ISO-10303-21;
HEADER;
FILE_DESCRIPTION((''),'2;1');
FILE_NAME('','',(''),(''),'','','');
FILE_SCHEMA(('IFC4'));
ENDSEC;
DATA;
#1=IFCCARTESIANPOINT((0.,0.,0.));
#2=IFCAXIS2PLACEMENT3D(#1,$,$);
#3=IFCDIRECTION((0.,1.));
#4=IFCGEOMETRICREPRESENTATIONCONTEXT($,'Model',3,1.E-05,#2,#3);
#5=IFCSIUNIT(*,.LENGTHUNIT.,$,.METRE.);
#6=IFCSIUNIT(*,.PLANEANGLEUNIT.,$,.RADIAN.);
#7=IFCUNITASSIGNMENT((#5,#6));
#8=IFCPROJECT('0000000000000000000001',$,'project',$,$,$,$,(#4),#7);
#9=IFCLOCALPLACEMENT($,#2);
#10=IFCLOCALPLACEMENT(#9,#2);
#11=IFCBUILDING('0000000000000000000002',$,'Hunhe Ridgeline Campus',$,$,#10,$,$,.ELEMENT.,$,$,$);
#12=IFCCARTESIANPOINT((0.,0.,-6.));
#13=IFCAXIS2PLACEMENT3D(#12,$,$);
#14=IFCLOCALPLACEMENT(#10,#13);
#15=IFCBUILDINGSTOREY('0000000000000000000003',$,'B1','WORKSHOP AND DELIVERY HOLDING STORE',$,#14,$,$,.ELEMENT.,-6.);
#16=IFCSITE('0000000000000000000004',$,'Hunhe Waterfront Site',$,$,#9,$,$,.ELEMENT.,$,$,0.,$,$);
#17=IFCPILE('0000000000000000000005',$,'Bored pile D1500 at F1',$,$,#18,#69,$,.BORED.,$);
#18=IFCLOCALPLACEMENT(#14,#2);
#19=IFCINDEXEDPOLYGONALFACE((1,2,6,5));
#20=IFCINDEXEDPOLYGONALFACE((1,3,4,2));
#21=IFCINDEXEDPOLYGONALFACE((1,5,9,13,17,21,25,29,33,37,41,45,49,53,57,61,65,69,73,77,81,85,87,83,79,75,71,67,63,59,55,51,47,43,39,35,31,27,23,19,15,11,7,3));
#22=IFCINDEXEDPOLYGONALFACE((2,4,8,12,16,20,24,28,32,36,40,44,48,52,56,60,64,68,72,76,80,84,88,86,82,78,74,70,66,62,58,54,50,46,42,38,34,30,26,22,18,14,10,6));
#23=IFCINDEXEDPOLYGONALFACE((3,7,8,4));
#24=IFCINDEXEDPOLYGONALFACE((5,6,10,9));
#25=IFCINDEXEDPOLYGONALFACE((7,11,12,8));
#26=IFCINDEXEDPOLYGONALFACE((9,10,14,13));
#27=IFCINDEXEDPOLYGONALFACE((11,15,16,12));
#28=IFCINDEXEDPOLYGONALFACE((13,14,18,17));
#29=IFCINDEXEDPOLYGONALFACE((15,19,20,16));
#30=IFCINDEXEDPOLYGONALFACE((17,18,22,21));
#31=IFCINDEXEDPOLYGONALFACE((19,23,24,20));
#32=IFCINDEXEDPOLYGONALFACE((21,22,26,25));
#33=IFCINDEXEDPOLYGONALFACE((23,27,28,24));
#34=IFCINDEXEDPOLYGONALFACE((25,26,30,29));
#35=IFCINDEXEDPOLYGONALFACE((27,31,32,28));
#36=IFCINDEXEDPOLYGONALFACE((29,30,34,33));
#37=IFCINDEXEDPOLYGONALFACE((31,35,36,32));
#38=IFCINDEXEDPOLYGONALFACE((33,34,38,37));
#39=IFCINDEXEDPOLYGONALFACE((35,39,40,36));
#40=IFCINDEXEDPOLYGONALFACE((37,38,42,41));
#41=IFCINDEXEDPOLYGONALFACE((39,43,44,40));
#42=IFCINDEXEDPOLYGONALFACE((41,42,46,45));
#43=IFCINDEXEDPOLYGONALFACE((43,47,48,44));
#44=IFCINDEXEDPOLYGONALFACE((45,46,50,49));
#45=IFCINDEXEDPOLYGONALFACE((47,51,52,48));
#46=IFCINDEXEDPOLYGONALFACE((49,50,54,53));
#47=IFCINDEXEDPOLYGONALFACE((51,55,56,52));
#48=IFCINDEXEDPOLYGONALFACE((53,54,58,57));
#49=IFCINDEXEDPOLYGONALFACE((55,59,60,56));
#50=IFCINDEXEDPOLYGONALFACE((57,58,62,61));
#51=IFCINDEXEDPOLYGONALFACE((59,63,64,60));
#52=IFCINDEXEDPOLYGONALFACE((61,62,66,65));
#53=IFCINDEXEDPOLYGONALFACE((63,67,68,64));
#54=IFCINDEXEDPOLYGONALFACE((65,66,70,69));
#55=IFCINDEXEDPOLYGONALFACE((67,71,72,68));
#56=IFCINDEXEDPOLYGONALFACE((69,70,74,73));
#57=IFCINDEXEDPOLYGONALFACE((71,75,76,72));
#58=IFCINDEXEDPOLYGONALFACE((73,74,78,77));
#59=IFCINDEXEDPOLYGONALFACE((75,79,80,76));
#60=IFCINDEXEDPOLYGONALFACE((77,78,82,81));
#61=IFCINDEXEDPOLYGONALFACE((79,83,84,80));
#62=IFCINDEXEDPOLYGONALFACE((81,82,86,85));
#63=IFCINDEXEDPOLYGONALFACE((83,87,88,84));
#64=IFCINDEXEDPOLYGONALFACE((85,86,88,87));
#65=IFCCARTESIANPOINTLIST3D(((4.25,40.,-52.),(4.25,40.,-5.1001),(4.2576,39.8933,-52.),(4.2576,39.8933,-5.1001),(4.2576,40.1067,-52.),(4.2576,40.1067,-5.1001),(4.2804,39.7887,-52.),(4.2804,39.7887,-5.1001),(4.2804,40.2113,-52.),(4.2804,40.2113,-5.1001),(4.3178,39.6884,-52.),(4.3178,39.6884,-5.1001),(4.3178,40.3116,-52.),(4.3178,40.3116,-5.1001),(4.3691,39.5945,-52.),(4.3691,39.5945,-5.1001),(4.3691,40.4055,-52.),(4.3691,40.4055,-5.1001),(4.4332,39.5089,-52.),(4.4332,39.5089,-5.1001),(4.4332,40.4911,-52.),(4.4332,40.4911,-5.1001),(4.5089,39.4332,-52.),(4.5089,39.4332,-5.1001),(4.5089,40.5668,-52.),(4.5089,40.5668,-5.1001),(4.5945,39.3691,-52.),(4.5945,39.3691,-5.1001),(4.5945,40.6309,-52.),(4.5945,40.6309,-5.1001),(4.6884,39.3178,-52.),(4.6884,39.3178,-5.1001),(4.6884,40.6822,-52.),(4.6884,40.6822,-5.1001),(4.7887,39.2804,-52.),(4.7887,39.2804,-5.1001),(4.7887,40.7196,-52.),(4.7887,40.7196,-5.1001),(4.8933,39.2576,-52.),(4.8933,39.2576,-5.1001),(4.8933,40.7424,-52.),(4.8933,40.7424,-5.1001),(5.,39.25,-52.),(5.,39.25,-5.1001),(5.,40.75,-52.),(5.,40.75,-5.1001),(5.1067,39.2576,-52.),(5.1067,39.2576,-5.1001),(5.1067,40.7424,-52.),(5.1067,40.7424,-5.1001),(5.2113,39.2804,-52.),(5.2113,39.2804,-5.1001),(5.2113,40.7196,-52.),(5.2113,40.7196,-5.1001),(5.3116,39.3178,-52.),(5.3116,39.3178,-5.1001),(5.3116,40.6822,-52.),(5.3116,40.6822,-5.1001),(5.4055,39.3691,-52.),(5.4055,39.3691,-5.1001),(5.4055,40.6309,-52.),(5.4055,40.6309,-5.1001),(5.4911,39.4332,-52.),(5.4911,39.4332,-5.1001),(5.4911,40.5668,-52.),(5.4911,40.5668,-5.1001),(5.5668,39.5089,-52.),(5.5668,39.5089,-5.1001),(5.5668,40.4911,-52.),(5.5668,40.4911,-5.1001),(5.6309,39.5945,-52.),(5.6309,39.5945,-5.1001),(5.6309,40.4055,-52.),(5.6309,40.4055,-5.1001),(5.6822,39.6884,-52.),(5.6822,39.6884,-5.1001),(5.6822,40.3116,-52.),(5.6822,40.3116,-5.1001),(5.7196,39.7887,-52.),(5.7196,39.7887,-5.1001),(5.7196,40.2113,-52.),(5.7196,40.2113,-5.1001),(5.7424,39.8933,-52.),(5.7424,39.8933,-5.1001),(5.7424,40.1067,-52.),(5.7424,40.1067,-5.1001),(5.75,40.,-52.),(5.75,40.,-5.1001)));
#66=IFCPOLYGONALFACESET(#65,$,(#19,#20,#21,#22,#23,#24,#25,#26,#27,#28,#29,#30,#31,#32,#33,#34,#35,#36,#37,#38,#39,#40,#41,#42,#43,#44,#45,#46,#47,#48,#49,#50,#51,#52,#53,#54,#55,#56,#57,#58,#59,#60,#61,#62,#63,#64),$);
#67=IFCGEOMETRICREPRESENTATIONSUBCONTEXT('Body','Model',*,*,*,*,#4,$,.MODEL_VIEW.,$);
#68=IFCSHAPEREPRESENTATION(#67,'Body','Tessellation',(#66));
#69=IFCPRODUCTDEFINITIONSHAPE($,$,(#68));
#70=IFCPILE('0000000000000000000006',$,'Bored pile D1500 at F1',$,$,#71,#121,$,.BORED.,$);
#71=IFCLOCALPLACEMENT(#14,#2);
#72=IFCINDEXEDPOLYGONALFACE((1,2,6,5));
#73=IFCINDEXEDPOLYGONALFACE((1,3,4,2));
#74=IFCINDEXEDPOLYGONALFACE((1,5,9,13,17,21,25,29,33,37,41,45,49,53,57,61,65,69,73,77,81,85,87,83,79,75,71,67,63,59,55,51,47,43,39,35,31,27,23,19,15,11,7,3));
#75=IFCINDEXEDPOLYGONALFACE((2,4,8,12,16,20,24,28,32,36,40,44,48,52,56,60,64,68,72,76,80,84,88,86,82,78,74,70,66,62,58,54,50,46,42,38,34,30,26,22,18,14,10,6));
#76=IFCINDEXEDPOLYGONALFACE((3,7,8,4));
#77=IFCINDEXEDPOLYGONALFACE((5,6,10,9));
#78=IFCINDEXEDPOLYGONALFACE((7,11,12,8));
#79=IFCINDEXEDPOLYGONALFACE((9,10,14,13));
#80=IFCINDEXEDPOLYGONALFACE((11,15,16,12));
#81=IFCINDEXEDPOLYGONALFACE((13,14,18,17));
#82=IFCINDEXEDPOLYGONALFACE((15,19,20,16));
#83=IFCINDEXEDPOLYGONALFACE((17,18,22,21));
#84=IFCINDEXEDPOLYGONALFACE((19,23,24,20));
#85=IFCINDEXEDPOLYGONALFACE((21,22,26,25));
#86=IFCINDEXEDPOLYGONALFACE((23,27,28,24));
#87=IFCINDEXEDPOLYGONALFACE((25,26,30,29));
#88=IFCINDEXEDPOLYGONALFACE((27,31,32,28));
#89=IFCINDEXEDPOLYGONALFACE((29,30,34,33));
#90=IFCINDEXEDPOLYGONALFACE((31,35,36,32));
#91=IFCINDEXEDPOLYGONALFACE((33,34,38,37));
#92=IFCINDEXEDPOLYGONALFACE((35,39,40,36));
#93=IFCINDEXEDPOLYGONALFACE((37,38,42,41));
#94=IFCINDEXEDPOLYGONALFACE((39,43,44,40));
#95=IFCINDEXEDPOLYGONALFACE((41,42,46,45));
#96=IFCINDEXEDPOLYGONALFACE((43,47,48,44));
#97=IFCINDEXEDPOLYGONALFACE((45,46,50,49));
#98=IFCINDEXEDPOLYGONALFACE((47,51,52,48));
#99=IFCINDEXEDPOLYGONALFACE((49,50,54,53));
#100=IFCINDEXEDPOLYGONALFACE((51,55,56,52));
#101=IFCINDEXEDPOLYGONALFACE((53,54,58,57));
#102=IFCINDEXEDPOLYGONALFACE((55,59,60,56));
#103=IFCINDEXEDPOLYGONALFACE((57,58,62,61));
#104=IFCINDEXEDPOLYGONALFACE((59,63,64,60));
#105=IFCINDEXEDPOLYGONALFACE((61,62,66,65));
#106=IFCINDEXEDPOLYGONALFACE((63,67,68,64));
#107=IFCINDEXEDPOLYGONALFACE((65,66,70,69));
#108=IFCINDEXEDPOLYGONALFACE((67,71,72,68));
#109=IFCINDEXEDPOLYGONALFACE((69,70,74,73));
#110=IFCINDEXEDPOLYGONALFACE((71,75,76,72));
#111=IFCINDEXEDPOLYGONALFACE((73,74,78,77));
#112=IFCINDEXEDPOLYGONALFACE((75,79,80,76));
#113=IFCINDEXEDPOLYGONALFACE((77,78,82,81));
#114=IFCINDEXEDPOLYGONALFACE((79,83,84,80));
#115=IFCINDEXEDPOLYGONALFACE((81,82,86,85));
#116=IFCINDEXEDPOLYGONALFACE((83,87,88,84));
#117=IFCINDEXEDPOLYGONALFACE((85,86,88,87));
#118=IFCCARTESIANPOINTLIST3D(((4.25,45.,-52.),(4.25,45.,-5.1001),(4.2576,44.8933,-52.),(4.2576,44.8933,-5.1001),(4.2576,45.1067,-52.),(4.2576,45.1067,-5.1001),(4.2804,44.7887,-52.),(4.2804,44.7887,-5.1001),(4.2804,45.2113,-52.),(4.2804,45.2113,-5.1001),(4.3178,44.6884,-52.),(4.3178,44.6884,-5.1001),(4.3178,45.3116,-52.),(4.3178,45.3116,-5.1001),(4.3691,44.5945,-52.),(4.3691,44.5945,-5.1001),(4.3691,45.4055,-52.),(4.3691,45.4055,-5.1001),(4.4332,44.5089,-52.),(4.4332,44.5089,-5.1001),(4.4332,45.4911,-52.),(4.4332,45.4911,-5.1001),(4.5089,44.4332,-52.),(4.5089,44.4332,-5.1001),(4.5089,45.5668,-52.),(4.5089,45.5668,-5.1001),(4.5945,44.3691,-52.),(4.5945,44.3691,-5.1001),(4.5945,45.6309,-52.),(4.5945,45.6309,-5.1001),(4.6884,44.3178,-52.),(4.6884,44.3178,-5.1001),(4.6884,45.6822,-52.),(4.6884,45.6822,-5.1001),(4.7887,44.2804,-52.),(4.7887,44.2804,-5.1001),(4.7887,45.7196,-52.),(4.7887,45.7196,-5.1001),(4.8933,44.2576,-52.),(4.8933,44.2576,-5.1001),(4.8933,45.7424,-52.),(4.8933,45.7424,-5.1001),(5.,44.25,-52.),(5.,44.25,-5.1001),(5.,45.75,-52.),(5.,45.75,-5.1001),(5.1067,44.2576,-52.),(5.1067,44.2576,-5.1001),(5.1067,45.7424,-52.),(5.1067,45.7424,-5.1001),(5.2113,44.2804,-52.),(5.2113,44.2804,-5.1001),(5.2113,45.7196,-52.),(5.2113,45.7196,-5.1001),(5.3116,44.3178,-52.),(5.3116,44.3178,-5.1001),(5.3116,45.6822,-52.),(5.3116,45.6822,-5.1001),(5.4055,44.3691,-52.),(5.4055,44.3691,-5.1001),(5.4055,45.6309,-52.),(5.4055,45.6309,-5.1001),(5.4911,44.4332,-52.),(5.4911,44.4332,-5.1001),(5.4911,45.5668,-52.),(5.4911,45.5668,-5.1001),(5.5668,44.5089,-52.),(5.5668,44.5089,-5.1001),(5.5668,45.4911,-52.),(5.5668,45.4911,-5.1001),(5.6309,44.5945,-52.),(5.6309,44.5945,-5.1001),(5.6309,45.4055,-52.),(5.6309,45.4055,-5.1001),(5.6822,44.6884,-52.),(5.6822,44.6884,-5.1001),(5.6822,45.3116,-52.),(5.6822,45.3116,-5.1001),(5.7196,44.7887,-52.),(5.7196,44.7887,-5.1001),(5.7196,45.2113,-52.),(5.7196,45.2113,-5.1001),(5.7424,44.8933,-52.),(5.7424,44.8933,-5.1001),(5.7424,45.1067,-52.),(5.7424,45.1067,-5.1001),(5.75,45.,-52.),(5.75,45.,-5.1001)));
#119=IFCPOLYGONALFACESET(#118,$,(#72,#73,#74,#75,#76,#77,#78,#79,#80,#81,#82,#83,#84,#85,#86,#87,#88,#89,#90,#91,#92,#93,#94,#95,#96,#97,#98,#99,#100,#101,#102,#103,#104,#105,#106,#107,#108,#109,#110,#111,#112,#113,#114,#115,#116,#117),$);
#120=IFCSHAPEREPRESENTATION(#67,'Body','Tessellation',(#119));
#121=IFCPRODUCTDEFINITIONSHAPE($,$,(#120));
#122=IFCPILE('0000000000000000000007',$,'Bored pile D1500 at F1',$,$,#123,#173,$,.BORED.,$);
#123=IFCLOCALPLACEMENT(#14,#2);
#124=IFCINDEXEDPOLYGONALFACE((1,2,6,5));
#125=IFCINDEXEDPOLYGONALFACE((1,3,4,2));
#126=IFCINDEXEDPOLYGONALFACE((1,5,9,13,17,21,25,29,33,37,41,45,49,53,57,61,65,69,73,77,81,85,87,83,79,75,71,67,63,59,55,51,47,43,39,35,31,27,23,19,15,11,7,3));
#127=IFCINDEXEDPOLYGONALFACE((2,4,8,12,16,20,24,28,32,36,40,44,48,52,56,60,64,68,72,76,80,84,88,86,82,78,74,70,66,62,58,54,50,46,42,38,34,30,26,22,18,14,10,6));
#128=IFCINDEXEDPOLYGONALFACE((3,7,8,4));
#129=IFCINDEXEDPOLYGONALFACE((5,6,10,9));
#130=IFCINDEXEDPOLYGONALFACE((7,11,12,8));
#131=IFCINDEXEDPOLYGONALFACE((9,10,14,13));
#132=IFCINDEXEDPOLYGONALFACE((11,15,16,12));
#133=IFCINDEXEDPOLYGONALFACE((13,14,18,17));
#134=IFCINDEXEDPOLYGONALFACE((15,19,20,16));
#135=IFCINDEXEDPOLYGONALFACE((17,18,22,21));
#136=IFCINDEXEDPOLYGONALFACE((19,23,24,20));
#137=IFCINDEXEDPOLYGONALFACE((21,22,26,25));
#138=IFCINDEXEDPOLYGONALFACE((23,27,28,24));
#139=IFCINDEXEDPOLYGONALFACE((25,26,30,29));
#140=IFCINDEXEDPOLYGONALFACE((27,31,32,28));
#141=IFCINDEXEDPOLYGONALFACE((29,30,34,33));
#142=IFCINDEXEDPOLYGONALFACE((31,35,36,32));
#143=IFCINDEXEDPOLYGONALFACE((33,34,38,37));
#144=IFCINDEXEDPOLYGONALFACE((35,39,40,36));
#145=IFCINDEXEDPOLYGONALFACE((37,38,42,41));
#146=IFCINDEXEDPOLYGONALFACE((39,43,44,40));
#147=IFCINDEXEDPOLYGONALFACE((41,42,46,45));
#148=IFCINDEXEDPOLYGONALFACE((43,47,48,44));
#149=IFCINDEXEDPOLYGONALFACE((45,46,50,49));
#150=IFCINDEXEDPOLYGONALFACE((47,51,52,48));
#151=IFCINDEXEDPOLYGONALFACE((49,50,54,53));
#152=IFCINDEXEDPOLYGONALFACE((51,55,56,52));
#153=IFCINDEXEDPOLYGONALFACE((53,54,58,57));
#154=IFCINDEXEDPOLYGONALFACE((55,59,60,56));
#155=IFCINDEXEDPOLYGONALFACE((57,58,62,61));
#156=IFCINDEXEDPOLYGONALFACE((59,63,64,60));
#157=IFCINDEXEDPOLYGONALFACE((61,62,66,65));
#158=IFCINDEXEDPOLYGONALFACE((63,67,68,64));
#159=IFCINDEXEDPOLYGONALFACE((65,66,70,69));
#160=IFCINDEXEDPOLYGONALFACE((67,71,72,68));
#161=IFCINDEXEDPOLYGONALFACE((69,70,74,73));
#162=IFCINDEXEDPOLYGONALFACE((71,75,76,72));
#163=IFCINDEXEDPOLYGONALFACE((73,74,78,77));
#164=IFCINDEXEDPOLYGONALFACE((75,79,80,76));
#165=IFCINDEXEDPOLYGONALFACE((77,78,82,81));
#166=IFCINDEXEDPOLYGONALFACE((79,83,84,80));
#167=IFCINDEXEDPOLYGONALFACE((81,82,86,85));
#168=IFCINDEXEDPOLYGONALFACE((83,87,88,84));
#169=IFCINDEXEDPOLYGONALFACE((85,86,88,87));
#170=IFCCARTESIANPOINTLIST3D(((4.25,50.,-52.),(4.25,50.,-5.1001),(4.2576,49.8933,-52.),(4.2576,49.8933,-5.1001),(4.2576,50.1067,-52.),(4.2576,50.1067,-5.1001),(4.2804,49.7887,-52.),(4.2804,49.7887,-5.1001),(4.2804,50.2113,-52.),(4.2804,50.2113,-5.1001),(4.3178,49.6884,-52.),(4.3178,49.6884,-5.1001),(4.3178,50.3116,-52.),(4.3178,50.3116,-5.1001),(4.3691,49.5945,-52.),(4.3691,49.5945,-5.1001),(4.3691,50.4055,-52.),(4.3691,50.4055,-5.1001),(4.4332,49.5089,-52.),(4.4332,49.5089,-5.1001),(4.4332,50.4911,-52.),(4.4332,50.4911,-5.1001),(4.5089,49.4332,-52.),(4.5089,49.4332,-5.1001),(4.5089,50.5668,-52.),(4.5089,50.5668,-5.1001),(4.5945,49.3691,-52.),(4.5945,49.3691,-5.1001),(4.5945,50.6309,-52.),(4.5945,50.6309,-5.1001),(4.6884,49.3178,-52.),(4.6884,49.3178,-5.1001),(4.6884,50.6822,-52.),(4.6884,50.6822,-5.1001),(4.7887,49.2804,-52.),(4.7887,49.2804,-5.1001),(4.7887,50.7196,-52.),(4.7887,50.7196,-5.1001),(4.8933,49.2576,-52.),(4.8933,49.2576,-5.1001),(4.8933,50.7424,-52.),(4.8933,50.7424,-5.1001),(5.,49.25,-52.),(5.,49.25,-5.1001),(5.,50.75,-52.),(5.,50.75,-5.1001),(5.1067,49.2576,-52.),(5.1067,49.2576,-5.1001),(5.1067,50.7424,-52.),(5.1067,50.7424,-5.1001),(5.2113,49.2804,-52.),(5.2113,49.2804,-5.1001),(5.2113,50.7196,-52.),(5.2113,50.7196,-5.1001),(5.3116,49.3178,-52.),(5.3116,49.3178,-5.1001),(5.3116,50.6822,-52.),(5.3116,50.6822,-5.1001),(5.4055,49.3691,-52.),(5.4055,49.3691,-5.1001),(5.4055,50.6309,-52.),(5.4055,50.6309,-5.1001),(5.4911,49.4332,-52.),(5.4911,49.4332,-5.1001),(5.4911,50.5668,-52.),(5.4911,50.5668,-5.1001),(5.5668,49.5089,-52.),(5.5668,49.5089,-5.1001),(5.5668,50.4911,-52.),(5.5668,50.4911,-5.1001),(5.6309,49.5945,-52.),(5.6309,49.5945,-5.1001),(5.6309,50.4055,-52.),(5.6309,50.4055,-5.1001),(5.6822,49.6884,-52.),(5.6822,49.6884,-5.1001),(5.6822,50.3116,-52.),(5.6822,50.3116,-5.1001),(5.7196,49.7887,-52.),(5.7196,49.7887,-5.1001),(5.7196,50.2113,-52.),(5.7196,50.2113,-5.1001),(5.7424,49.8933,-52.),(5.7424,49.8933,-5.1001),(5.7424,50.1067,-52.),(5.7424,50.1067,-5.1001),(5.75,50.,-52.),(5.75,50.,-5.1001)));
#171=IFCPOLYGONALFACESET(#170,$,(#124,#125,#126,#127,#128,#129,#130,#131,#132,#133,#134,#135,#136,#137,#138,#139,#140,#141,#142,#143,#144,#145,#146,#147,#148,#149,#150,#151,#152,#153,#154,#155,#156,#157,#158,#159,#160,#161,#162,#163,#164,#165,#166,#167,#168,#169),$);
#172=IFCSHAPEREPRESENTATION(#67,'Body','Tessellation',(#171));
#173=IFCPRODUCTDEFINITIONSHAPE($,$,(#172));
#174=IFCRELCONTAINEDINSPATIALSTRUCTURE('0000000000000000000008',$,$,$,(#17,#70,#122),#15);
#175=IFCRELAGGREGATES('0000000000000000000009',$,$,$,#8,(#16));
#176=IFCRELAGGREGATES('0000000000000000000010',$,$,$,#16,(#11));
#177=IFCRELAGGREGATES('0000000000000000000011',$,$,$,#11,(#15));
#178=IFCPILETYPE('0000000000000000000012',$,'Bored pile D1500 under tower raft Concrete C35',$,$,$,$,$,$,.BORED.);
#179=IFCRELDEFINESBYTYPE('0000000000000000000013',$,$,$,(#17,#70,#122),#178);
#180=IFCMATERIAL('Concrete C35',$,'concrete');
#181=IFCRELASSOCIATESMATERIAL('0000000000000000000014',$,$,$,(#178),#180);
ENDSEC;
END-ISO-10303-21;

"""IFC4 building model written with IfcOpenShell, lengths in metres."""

from ifc_helpers import new_model, si_unit, direction, frame, origin, origin_2d, place, context, subcontext, project, spatial, circle, extrude, material, material_profile, profile_set, type_object, element, save


model = new_model("IFC4")

# Units and contexts
model_context = context("Model", 3, precision=1e-05, world=origin(), true_north=direction((0.0, 1.0)))
body_context = subcontext(model_context, "Body", "Model", "MODEL_VIEW")
ifc_project = project(units=[si_unit("LENGTHUNIT", "METRE"), si_unit("PLANEANGLEUNIT", "RADIAN")], contexts=[model_context])

# Site, building, storey
site_placement = place(None, origin())
site = spatial("IfcSite", under=ifc_project, at=site_placement, Name="Hunhe Waterfront Site", CompositionType="ELEMENT", RefElevation=0.0)
building_placement = place(site_placement, origin())
building = spatial("IfcBuilding", under=site, at=building_placement, Name="Hunhe Ridgeline Campus", CompositionType="ELEMENT")
storey_placement = place(building_placement, frame((0.0, 0.0, -6.0)))
storey = spatial("IfcBuildingStorey", under=building, at=storey_placement, Name="B1", Description="WORKSHOP AND DELIVERY HOLDING STORE", CompositionType="ELEMENT", Elevation=-6.0)

# Piles
ifc_material_1 = material(Name="Concrete C35", Category="concrete")
ifc_material_profile_1 = material_profile(ifc_material_1, circle(Radius=0.75, at=origin_2d()))
ifc_profile_set_1 = profile_set([ifc_material_profile_1], Name="Concrete C35")
pile_type = type_object("IfcPileType", Name="Bored pile D1500 under tower raft Concrete C35", PredefinedType="BORED", material=ifc_profile_set_1)
for number, where, z_axis, x_axis, name in (
    (1, (5.0, 40.0, -5.1001), (0.0, 0.0, -1.0), (1.0, 0.0, 0.0), "Bored pile D1500 at F1"),
    (2, (5.0, 45.0, -5.1001), (0.0, 0.0, -1.0), (1.0, 0.0, 0.0), "Bored pile D1500 at F1"),
    (3, (5.0, 50.0, -5.1001), (0.0, 0.0, -1.0), (1.0, 0.0, 0.0), "Bored pile D1500 at F1"),
):
    element("IfcPile", number, at=place(storey_placement, frame(where, z_axis=z_axis, x_axis=x_axis)), inside=storey, type_object=pile_type, Name=name, PredefinedType="BORED", context=body_context, shape_type="SweptSolid", body=[
        extrude(circle(Radius=0.75, at=origin_2d()), origin(), (0.0, 0.0, 1.0), 46.8999),
    ])

save(model, "model.ifc")
